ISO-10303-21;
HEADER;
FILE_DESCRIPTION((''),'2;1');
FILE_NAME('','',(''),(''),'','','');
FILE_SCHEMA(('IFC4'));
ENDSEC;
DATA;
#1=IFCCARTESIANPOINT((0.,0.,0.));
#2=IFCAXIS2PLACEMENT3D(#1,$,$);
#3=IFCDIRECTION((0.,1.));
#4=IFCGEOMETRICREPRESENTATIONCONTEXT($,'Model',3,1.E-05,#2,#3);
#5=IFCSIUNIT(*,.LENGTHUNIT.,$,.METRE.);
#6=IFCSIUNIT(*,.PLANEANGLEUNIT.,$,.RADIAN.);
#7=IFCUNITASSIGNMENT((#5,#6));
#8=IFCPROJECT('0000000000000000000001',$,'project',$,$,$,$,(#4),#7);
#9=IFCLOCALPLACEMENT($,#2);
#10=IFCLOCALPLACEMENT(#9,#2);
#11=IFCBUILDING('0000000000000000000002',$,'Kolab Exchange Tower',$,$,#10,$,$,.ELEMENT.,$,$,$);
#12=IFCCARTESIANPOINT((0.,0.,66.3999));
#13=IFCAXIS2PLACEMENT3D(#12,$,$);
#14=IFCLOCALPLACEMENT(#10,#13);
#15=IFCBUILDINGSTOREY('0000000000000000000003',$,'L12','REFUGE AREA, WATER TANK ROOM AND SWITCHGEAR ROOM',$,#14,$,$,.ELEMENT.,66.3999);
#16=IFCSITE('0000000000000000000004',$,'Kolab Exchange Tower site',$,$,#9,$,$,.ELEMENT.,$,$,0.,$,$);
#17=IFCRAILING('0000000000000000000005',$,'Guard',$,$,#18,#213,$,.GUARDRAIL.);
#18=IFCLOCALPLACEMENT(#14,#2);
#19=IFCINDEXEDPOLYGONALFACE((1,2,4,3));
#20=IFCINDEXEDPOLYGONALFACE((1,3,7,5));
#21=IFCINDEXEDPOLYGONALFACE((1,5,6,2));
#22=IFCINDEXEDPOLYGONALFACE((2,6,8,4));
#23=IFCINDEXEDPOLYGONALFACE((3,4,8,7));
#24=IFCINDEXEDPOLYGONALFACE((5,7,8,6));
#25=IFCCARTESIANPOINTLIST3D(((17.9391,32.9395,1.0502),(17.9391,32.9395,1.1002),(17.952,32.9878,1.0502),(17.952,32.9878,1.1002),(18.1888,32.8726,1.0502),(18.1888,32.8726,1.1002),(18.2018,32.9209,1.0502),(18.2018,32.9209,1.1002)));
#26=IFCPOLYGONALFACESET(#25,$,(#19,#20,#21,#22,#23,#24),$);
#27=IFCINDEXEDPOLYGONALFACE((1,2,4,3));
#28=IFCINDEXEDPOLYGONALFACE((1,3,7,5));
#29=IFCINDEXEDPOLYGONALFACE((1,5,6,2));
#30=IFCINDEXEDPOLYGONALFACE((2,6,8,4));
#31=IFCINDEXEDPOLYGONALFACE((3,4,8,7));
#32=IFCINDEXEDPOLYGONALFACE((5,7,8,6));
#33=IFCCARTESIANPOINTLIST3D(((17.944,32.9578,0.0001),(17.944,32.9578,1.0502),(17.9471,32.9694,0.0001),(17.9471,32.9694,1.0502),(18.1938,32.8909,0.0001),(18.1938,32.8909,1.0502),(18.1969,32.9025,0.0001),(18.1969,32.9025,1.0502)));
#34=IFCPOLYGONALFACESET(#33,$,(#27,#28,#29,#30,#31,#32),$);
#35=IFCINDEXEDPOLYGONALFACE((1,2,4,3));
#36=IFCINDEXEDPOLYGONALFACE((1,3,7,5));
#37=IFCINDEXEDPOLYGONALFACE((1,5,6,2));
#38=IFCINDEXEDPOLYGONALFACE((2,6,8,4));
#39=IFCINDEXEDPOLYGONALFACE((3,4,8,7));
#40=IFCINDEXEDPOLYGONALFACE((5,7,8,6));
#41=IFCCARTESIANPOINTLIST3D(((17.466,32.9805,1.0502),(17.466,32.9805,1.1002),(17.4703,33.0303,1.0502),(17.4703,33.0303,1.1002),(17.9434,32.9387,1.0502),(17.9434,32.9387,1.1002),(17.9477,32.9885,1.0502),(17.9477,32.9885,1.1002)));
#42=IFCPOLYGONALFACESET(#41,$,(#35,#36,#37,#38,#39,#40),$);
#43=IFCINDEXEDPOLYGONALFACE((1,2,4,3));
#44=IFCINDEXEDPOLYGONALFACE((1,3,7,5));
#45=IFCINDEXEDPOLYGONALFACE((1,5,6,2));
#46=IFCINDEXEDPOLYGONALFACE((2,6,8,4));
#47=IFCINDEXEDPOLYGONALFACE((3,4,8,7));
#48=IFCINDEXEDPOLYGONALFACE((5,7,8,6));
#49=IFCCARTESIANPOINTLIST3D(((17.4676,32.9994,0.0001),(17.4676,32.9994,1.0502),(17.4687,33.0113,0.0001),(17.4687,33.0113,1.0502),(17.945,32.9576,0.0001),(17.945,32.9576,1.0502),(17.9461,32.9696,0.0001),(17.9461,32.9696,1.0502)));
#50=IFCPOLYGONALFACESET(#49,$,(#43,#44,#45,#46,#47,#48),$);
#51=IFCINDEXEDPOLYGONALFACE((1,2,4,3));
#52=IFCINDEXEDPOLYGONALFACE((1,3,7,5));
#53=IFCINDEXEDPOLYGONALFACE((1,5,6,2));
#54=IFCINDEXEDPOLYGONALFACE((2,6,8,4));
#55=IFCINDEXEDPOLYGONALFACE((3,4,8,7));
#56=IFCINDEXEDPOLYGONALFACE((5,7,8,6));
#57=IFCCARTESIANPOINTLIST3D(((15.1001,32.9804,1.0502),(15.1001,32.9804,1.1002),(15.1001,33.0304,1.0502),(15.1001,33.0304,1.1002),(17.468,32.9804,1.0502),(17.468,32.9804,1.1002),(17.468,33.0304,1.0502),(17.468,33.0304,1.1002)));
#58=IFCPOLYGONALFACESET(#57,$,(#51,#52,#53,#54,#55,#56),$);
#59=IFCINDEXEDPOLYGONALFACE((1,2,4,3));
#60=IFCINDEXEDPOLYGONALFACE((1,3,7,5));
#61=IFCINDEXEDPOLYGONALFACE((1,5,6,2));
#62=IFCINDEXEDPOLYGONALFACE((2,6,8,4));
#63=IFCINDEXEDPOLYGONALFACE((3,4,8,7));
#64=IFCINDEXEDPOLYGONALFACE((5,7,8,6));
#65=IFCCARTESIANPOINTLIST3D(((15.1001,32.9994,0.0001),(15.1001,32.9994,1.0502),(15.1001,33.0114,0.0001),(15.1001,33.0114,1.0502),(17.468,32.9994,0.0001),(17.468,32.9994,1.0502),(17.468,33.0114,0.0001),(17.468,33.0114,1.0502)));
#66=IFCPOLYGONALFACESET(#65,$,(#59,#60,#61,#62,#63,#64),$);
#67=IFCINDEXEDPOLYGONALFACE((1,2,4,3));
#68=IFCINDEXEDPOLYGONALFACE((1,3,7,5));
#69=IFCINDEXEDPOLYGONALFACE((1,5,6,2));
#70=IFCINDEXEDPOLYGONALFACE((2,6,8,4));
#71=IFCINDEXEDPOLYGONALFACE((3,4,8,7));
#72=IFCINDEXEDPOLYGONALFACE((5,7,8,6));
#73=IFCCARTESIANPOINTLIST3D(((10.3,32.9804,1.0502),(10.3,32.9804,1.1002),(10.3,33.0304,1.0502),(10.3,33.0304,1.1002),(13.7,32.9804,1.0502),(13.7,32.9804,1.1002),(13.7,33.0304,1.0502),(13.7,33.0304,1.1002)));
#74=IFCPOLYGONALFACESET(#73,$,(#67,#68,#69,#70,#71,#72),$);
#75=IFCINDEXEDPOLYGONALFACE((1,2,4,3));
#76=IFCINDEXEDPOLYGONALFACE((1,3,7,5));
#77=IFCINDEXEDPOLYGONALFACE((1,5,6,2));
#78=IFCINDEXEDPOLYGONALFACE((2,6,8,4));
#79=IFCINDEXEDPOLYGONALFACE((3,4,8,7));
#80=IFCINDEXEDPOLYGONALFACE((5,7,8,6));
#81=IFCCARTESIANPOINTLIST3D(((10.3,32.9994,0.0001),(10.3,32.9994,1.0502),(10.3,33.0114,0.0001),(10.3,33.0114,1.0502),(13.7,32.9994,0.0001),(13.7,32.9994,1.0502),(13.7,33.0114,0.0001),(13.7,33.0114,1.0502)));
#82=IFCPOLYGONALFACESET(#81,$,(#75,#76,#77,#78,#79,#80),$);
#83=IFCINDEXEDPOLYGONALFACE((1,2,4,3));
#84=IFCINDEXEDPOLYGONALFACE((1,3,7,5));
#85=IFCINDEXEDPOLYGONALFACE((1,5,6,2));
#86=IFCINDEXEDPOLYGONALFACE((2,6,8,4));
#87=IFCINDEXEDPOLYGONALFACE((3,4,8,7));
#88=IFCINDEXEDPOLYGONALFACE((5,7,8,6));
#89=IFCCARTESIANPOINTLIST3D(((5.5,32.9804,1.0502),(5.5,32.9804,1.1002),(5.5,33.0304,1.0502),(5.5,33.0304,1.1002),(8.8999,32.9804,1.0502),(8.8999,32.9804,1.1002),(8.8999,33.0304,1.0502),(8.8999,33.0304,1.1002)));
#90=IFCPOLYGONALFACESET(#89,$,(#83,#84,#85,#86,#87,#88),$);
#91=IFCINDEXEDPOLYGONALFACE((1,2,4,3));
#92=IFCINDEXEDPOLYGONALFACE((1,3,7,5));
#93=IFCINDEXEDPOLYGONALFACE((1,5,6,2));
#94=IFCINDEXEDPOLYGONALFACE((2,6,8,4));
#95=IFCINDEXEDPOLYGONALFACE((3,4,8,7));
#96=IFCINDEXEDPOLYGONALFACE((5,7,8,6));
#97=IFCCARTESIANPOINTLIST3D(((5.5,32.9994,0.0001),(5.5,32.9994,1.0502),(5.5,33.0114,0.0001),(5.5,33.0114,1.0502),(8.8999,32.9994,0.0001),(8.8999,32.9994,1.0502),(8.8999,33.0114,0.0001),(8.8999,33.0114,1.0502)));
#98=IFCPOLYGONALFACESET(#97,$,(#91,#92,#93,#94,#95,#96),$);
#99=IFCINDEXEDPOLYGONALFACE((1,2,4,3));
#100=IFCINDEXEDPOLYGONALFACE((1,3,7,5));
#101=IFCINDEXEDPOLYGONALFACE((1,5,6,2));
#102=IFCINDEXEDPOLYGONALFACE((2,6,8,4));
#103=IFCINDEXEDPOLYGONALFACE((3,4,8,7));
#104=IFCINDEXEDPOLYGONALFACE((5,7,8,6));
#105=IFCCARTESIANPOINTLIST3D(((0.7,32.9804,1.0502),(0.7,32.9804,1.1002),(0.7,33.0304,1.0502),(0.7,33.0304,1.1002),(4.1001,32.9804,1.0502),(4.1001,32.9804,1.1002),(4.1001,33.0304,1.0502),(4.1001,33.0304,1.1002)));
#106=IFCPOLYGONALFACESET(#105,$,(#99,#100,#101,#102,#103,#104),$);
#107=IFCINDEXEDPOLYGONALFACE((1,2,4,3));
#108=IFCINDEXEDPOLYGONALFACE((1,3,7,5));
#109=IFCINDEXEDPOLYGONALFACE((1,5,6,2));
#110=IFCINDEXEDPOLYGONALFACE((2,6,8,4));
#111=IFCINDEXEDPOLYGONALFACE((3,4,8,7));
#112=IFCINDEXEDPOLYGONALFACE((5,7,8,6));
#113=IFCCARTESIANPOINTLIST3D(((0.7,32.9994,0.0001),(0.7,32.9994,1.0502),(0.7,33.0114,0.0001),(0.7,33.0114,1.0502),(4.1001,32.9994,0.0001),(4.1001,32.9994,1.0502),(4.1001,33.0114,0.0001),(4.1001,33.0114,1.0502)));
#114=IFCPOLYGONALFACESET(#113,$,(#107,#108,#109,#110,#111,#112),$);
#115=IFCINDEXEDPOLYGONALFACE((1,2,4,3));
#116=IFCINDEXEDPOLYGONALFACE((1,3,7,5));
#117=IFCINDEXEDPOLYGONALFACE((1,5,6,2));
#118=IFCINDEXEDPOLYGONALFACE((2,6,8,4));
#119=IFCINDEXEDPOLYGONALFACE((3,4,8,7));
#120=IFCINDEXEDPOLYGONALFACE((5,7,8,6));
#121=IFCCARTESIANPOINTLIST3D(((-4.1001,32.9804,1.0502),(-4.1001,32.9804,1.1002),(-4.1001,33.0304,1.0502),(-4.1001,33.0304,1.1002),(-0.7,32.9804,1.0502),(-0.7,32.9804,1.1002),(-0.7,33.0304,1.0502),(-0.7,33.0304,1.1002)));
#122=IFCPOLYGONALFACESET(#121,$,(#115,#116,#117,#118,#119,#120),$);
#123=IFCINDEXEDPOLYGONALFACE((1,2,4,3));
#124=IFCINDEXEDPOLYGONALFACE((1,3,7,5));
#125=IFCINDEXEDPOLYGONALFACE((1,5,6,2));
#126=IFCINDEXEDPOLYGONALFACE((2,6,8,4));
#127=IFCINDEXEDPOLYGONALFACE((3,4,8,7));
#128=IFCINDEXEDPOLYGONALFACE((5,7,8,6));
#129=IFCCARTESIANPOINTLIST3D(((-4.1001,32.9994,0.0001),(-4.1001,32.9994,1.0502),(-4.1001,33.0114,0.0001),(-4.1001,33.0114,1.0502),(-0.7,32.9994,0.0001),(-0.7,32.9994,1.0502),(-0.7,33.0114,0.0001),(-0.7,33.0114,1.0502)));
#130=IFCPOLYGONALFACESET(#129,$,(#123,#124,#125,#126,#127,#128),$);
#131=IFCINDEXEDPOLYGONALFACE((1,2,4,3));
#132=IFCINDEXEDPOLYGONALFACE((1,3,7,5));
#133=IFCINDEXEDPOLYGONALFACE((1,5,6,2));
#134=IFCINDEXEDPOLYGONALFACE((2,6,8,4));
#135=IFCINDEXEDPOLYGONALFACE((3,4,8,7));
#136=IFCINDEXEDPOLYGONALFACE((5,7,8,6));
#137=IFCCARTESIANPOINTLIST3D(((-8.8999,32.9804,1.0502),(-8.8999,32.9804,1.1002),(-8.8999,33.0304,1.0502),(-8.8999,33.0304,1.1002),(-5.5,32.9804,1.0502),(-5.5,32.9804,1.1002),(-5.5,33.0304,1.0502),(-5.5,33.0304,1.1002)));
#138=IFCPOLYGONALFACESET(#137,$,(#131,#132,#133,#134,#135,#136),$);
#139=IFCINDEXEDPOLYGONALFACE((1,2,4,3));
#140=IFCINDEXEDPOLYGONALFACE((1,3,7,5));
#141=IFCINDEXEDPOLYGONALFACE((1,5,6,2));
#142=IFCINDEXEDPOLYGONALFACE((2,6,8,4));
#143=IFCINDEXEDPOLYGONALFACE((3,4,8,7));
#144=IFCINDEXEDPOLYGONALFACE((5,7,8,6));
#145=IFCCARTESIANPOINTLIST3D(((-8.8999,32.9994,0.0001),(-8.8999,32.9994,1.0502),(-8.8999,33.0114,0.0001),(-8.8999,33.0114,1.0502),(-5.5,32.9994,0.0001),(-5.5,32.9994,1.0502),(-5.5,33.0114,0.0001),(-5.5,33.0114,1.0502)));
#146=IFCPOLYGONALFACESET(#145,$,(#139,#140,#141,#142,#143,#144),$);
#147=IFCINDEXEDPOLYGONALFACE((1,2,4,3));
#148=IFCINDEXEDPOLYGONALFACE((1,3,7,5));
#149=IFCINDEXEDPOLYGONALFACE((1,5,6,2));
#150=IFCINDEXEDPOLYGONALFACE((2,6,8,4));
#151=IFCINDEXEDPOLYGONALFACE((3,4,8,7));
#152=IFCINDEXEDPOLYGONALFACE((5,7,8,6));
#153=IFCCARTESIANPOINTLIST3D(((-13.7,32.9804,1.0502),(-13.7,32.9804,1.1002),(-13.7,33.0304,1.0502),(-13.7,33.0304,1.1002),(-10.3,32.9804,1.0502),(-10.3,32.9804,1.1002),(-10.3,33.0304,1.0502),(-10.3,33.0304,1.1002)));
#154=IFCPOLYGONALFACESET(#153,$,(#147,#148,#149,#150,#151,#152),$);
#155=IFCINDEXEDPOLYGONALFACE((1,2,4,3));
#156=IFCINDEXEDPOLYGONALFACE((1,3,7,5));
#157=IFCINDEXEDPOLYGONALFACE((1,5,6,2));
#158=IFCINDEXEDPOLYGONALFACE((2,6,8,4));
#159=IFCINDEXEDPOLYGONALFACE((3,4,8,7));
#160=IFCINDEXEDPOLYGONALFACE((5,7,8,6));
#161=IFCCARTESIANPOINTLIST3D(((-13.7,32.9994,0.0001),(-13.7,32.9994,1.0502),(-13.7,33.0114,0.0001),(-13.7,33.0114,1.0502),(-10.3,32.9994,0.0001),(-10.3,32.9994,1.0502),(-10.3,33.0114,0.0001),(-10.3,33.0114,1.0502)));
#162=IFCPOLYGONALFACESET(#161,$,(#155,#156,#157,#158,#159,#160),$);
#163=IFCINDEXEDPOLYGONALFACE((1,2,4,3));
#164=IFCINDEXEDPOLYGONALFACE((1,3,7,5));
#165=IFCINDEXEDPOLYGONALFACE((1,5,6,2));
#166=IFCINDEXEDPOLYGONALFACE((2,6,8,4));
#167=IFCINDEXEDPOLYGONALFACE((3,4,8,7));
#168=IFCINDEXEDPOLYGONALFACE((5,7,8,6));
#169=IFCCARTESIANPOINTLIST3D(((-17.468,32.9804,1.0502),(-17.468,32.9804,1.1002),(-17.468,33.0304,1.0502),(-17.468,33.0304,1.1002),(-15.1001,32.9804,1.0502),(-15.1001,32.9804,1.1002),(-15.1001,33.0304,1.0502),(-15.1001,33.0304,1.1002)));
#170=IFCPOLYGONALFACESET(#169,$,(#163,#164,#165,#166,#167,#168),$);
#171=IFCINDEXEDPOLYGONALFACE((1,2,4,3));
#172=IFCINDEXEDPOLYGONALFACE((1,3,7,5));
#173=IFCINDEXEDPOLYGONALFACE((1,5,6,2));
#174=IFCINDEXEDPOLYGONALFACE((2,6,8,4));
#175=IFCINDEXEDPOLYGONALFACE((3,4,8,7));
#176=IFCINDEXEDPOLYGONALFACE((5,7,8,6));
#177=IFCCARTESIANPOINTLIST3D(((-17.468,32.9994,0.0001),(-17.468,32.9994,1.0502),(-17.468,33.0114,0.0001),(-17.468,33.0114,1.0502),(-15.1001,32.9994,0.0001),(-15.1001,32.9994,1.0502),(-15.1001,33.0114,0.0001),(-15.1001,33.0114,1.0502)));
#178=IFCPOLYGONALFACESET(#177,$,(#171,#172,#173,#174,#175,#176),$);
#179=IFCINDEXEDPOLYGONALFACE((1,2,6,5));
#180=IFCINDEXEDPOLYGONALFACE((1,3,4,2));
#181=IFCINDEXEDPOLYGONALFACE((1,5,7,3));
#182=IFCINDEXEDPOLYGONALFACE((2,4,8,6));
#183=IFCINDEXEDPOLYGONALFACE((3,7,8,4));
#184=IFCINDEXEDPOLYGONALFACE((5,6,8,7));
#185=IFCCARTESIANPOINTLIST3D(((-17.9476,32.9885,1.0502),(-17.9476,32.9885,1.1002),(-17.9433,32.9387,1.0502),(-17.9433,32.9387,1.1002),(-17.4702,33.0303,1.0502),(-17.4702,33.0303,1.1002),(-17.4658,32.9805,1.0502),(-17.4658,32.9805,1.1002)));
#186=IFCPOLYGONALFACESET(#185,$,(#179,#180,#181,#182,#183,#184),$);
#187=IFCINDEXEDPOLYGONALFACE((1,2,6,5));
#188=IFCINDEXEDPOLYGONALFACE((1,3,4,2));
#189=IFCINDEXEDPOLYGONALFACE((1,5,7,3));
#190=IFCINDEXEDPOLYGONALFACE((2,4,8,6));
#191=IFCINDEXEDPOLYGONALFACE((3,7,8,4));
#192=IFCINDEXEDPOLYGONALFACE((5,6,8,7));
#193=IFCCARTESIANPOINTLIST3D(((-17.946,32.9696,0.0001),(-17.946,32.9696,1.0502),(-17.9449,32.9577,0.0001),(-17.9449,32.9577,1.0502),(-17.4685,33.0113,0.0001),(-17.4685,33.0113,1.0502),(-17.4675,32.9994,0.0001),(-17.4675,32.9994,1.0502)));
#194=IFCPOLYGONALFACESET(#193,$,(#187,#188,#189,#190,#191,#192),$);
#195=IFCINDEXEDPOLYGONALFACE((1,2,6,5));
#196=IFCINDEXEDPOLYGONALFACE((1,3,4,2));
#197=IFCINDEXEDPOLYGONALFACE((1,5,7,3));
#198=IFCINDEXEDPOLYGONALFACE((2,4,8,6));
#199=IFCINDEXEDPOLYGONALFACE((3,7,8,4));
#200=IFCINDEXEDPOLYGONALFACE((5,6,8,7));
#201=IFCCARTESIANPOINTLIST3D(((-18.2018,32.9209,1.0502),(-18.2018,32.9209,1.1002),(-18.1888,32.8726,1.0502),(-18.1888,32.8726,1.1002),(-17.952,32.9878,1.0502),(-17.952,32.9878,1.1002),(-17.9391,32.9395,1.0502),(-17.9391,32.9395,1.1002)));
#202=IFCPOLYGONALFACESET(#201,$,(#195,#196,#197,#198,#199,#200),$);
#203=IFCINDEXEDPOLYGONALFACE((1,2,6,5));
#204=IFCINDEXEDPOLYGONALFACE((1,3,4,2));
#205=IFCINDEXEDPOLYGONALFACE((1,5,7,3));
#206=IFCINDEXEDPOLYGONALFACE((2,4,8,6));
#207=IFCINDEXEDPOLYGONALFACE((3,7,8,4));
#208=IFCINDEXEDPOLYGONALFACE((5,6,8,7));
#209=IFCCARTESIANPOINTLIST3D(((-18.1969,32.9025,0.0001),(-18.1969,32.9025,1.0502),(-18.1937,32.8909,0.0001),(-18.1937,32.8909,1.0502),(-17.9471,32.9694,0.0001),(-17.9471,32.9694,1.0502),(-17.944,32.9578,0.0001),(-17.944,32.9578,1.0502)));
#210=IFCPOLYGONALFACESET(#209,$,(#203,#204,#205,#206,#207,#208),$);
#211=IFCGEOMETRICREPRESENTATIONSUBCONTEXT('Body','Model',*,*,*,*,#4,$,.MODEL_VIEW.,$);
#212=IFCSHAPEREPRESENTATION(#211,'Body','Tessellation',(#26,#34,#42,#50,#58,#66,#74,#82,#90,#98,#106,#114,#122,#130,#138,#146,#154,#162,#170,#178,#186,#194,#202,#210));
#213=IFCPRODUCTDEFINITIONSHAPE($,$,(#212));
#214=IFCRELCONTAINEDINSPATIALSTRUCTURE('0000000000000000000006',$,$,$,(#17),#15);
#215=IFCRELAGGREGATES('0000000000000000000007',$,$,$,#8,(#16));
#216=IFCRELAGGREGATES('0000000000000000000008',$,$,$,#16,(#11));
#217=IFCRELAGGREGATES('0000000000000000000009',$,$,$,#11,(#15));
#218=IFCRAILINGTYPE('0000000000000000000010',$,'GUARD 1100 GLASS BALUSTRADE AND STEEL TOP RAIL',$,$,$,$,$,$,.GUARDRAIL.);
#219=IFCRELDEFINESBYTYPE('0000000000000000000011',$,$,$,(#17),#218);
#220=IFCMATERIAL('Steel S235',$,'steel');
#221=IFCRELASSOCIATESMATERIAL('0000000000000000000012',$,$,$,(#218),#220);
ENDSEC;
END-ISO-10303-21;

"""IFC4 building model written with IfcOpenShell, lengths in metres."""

from ifc_helpers import new_model, si_unit, direction, frame, frame_2d, origin, origin_2d, place, context, subcontext, project, spatial, rectangle, extrude, material, type_object, element, save


model = new_model("IFC4")

# Units and contexts
model_context = context("Model", 3, precision=1e-05, world=origin(), true_north=direction((0.0, 1.0)))
body_context = subcontext(model_context, "Body", "Model", "MODEL_VIEW")
ifc_project = project(units=[si_unit("LENGTHUNIT", "METRE"), si_unit("PLANEANGLEUNIT", "RADIAN")], contexts=[model_context])

# Site, building, storey
site_placement = place(None, origin())
site = spatial("IfcSite", under=ifc_project, at=site_placement, Name="Kolab Exchange Tower site", CompositionType="ELEMENT", RefElevation=0.0)
building_placement = place(site_placement, origin())
building = spatial("IfcBuilding", under=site, at=building_placement, Name="Kolab Exchange Tower", CompositionType="ELEMENT")
storey_placement = place(building_placement, frame((0.0, 0.0, 66.3999)))
storey = spatial("IfcBuildingStorey", under=building, at=storey_placement, Name="L12", Description="REFUGE AREA, WATER TANK ROOM AND SWITCHGEAR ROOM", CompositionType="ELEMENT", Elevation=66.3999)

# Railing
ifc_material_1 = material(Name="Steel S235", Category="steel")
railing_type = type_object("IfcRailingType", Name="GUARD 1100 GLASS BALUSTRADE AND STEEL TOP RAIL", PredefinedType="GUARDRAIL", material=ifc_material_1)
railing_placement = place(storey_placement, frame((18.1953, 32.8967, 0.0)))
element("IfcRailing", 1, at=railing_placement, inside=storey, type_object=railing_type, Name="Guard", PredefinedType="GUARDRAIL", context=body_context, shape_type="SweptSolid", body=[
    extrude(rectangle(XDim=0.05, YDim=0.05, at=origin_2d()), frame((0.0, 0.0, 1.0752), z_axis=(-0.965952, 0.25872, 0.0), x_axis=(-0.25872, -0.965952, 0.0)), (0.0, 0.0, 1.0), 0.2585),
    extrude(rectangle(XDim=0.012, YDim=1.0501, at=frame_2d((0.0, 0.5251))), frame((0.0, 0.0, 0.0), z_axis=(-0.965952, 0.25872, 0.0), x_axis=(-0.25872, -0.965952, 0.0)), (0.0, 0.0, 1.0), 0.2585),
    extrude(rectangle(XDim=0.05, YDim=0.05, at=origin_2d()), frame((-0.2498, 0.0669, 1.0752), z_axis=(-0.9962, 0.087091, 0.0), x_axis=(-0.087091, -0.9962, 0.0)), (0.0, 0.0, 1.0), 0.4792),
    extrude(rectangle(XDim=0.012, YDim=1.0501, at=frame_2d((0.0, 0.5251))), frame((-0.2498, 0.0669, 0.0), z_axis=(-0.9962, 0.087091, 0.0), x_axis=(-0.087091, -0.9962, 0.0)), (0.0, 0.0, 1.0), 0.4792),
    extrude(rectangle(XDim=0.05, YDim=0.05, at=origin_2d()), frame((-0.7273, 0.1086, 1.0752), z_axis=(-1.0, 0.0, 0.0), x_axis=(0.0, -1.0, 0.0)), (0.0, 0.0, 1.0), 2.3679),
    extrude(rectangle(XDim=0.012, YDim=1.0501, at=frame_2d((0.0, 0.5251))), frame((-0.7273, 0.1086, 0.0), z_axis=(-1.0, 0.0, 0.0), x_axis=(0.0, -1.0, 0.0)), (0.0, 0.0, 1.0), 2.3679),
    extrude(rectangle(XDim=0.05, YDim=0.05, at=origin_2d()), frame((-4.4954, 0.1086, 1.0752), z_axis=(-1.0, 0.0, 0.0), x_axis=(0.0, -1.0, 0.0)), (0.0, 0.0, 1.0), 3.3999),
    extrude(rectangle(XDim=0.012, YDim=1.0501, at=frame_2d((0.0, 0.5251))), frame((-4.4954, 0.1086, 0.0), z_axis=(-1.0, 0.0, 0.0), x_axis=(0.0, -1.0, 0.0)), (0.0, 0.0, 1.0), 3.3999),
    extrude(rectangle(XDim=0.05, YDim=0.05, at=origin_2d()), frame((-9.2954, 0.1086, 1.0752), z_axis=(-1.0, 0.0, 0.0), x_axis=(0.0, -1.0, 0.0)), (0.0, 0.0, 1.0), 3.3999),
    extrude(rectangle(XDim=0.012, YDim=1.0501, at=frame_2d((0.0, 0.5251))), frame((-9.2954, 0.1086, 0.0), z_axis=(-1.0, 0.0, 0.0), x_axis=(0.0, -1.0, 0.0)), (0.0, 0.0, 1.0), 3.3999),
    extrude(rectangle(XDim=0.05, YDim=0.05, at=origin_2d()), frame((-14.0952, 0.1086, 1.0752), z_axis=(-1.0, 0.0, 0.0), x_axis=(0.0, -1.0, 0.0)), (0.0, 0.0, 1.0), 3.4001),
    extrude(rectangle(XDim=0.012, YDim=1.0501, at=frame_2d((0.0, 0.5251))), frame((-14.0952, 0.1086, 0.0), z_axis=(-1.0, 0.0, 0.0), x_axis=(0.0, -1.0, 0.0)), (0.0, 0.0, 1.0), 3.4001),
    extrude(rectangle(XDim=0.05, YDim=0.05, at=origin_2d()), frame((-18.8953, 0.1086, 1.0752), z_axis=(-1.0, 0.0, 0.0), x_axis=(0.0, -1.0, 0.0)), (0.0, 0.0, 1.0), 3.4001),
    extrude(rectangle(XDim=0.012, YDim=1.0501, at=frame_2d((0.0, 0.5251))), frame((-18.8953, 0.1086, 0.0), z_axis=(-1.0, 0.0, 0.0), x_axis=(0.0, -1.0, 0.0)), (0.0, 0.0, 1.0), 3.4001),
    extrude(rectangle(XDim=0.05, YDim=0.05, at=origin_2d()), frame((-23.6953, 0.1086, 1.0752), z_axis=(-1.0, 0.0, 0.0), x_axis=(0.0, -1.0, 0.0)), (0.0, 0.0, 1.0), 3.3999),
    extrude(rectangle(XDim=0.012, YDim=1.0501, at=frame_2d((0.0, 0.5251))), frame((-23.6953, 0.1086, 0.0), z_axis=(-1.0, 0.0, 0.0), x_axis=(0.0, -1.0, 0.0)), (0.0, 0.0, 1.0), 3.3999),
    extrude(rectangle(XDim=0.05, YDim=0.05, at=origin_2d()), frame((-28.4954, 0.1086, 1.0752), z_axis=(-1.0, 0.0, 0.0), x_axis=(0.0, -1.0, 0.0)), (0.0, 0.0, 1.0), 3.3999),
    extrude(rectangle(XDim=0.012, YDim=1.0501, at=frame_2d((0.0, 0.5251))), frame((-28.4954, 0.1086, 0.0), z_axis=(-1.0, 0.0, 0.0), x_axis=(0.0, -1.0, 0.0)), (0.0, 0.0, 1.0), 3.3999),
    extrude(rectangle(XDim=0.05, YDim=0.05, at=origin_2d()), frame((-33.2954, 0.1086, 1.0752), z_axis=(-1.0, 0.0, 0.0), x_axis=(0.0, -1.0, 0.0)), (0.0, 0.0, 1.0), 2.3679),
    extrude(rectangle(XDim=0.012, YDim=1.0501, at=frame_2d((0.0, 0.5251))), frame((-33.2954, 0.1086, 0.0), z_axis=(-1.0, 0.0, 0.0), x_axis=(0.0, -1.0, 0.0)), (0.0, 0.0, 1.0), 2.3679),
    extrude(rectangle(XDim=0.05, YDim=0.05, at=origin_2d()), frame((-35.6633, 0.1086, 1.0752), z_axis=(-0.9962, -0.087091, 0.0), x_axis=(0.087091, -0.9962, 0.0)), (0.0, 0.0, 1.0), 0.4792),
    extrude(rectangle(XDim=0.012, YDim=1.0501, at=frame_2d((0.0, 0.5251))), frame((-35.6633, 0.1086, 0.0), z_axis=(-0.9962, -0.087091, 0.0), x_axis=(0.087091, -0.9962, 0.0)), (0.0, 0.0, 1.0), 0.4792),
    extrude(rectangle(XDim=0.05, YDim=0.05, at=origin_2d()), frame((-36.1409, 0.0669, 1.0752), z_axis=(-0.965952, -0.25872, 0.0), x_axis=(0.25872, -0.965952, 0.0)), (0.0, 0.0, 1.0), 0.2585),
    extrude(rectangle(XDim=0.012, YDim=1.0501, at=frame_2d((0.0, 0.5251))), frame((-36.1409, 0.0669, 0.0), z_axis=(-0.965952, -0.25872, 0.0), x_axis=(0.25872, -0.965952, 0.0)), (0.0, 0.0, 1.0), 0.2585),
])

save(model, "model.ifc")
